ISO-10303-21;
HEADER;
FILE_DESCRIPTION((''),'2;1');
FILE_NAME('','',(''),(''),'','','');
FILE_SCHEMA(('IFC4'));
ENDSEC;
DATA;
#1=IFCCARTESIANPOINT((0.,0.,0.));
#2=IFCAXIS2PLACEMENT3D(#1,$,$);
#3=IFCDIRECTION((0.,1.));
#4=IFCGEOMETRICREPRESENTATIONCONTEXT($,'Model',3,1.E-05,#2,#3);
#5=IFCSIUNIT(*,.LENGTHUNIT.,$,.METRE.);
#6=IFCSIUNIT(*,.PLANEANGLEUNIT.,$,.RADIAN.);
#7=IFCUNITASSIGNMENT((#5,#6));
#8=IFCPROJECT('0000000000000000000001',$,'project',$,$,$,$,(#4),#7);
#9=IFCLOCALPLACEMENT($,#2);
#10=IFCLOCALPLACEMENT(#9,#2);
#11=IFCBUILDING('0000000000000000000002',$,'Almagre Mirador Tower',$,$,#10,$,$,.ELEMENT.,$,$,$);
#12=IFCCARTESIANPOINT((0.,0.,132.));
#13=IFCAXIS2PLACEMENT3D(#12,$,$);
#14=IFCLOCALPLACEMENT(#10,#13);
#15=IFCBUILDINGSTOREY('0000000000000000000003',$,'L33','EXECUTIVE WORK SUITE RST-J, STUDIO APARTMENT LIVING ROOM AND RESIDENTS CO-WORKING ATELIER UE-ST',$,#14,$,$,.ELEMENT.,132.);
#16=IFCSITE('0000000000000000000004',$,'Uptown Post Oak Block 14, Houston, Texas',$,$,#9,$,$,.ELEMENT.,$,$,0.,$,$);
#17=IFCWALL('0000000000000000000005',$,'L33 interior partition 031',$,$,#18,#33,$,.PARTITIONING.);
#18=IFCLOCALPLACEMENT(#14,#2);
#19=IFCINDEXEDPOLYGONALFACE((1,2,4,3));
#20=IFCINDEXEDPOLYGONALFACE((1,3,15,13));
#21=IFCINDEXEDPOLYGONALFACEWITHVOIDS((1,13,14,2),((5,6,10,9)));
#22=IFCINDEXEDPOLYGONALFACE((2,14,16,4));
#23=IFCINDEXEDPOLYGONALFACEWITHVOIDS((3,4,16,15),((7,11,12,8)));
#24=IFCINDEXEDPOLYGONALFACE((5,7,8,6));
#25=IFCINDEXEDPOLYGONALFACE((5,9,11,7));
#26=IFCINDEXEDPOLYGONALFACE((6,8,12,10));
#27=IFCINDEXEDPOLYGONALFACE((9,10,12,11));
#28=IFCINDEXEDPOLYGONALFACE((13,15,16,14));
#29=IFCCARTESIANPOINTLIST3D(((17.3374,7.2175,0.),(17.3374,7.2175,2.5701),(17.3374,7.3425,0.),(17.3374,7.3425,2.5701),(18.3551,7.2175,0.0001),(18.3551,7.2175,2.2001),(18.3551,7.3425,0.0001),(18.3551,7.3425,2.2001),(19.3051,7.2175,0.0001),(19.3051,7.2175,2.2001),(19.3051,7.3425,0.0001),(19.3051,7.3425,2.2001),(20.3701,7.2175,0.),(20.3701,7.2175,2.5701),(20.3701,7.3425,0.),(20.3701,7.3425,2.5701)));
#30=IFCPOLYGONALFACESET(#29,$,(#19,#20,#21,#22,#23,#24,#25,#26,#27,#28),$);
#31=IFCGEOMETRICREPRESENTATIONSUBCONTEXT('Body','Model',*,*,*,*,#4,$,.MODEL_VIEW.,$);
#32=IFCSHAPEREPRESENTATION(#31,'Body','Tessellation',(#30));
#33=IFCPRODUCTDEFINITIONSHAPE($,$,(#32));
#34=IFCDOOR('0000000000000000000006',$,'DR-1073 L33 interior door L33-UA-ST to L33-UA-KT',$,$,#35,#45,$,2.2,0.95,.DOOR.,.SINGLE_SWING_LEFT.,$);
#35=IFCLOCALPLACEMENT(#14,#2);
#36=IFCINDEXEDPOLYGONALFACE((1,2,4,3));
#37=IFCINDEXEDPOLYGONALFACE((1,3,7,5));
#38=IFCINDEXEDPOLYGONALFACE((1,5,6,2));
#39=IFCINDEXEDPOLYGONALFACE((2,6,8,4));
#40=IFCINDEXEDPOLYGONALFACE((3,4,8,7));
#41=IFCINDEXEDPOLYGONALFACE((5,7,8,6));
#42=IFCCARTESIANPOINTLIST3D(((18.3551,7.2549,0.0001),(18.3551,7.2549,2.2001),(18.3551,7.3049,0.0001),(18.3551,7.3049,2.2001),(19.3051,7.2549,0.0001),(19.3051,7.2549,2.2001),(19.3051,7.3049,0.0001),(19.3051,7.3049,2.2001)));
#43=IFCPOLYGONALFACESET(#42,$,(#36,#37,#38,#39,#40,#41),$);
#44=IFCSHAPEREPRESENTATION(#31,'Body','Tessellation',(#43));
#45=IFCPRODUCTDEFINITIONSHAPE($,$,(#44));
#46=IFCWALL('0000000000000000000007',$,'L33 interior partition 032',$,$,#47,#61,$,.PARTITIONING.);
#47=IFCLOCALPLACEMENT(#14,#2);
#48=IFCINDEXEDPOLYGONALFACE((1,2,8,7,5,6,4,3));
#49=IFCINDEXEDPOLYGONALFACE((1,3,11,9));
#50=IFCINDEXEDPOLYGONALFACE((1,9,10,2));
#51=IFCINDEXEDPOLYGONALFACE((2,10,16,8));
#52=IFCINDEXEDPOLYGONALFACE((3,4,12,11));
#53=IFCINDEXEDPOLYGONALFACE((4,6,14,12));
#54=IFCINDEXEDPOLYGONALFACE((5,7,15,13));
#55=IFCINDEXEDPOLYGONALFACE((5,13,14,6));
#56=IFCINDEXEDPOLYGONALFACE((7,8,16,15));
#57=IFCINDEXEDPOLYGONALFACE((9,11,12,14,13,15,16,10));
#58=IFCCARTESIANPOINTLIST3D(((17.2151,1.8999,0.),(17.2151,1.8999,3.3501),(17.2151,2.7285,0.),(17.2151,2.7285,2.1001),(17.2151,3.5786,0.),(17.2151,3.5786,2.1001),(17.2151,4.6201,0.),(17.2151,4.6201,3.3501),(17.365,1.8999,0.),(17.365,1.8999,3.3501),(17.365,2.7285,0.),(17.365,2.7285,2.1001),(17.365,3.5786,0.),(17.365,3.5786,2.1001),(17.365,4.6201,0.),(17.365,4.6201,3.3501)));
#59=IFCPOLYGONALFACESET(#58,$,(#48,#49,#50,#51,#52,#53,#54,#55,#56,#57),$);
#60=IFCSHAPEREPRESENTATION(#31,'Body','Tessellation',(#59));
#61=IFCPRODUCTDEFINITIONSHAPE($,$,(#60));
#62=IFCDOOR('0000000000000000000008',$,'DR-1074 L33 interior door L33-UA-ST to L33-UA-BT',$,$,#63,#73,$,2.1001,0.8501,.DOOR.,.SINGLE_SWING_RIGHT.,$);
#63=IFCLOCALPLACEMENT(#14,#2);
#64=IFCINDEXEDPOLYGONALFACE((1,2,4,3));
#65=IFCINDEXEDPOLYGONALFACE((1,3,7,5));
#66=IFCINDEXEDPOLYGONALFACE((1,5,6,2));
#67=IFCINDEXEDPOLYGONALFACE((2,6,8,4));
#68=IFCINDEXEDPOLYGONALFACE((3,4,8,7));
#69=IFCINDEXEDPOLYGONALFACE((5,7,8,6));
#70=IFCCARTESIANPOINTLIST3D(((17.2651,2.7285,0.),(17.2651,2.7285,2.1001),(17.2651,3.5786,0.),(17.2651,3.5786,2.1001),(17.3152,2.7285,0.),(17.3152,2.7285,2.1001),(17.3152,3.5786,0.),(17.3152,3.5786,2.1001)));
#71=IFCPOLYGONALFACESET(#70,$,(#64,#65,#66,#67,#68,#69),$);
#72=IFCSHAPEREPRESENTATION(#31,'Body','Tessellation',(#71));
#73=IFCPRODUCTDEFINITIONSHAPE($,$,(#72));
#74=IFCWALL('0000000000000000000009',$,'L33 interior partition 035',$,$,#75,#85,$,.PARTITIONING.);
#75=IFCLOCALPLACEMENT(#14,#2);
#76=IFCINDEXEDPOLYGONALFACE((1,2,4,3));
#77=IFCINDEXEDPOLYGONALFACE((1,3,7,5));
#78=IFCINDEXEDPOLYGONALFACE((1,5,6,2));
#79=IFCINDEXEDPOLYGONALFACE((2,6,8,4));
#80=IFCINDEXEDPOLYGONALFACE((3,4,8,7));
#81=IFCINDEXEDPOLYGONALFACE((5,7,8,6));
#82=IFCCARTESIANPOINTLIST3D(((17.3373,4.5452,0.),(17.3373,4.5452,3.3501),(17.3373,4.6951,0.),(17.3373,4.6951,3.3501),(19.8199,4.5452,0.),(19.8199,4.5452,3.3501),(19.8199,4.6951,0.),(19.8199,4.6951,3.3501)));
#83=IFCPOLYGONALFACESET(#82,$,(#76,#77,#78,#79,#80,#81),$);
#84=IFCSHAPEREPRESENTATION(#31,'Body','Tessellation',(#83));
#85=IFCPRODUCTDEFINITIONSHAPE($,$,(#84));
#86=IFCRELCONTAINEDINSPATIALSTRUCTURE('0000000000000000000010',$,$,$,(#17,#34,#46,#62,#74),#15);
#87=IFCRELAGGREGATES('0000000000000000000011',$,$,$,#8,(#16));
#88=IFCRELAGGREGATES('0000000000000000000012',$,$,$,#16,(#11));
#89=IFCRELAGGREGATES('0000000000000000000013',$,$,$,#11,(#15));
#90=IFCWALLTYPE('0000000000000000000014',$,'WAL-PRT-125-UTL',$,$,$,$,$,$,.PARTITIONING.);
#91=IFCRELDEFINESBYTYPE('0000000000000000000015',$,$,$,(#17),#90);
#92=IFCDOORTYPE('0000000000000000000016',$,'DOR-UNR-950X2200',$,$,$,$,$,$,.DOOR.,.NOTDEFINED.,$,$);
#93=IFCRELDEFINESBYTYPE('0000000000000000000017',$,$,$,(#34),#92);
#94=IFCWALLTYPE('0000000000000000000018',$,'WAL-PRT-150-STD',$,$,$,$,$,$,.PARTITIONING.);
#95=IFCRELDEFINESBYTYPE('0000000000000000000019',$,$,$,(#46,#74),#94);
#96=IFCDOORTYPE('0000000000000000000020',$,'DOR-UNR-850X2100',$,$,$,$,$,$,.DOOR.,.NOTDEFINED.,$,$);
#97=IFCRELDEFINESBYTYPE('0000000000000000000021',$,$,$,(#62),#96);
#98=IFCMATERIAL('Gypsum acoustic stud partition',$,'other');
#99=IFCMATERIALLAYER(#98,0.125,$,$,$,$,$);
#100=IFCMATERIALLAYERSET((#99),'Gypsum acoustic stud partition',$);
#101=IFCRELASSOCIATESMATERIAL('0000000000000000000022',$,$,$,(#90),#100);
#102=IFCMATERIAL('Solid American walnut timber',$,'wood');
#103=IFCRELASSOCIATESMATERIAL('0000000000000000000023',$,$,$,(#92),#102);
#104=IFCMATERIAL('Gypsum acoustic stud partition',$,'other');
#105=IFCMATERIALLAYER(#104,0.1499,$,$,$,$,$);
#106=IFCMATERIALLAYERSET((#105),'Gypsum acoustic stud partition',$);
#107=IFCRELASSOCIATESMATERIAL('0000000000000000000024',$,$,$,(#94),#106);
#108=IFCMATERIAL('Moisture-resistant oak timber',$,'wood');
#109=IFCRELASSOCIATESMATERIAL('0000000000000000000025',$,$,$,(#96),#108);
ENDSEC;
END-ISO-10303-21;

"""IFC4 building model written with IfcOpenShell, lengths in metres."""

from ifc_helpers import new_model, si_unit, direction, frame, frame_2d, origin, place, context, subcontext, project, spatial, rectangle, extrude, material, layer, layer_set, type_object, element, fill, save


model = new_model("IFC4")

# Units and contexts
model_context = context("Model", 3, precision=1e-05, world=origin(), true_north=direction((0.0, 1.0)))
body_context = subcontext(model_context, "Body", "Model", "MODEL_VIEW")
ifc_project = project(units=[si_unit("LENGTHUNIT", "METRE"), si_unit("PLANEANGLEUNIT", "RADIAN")], contexts=[model_context])

# Site, building, storey
site_placement = place(None, origin())
site = spatial("IfcSite", under=ifc_project, at=site_placement, Name="Uptown Post Oak Block 14, Houston, Texas", CompositionType="ELEMENT", RefElevation=0.0)
building_placement = place(site_placement, origin())
building = spatial("IfcBuilding", under=site, at=building_placement, Name="Almagre Mirador Tower", CompositionType="ELEMENT")
storey_placement = place(building_placement, frame((0.0, 0.0, 132.0)))
storey = spatial("IfcBuildingStorey", under=building, at=storey_placement, Name="L33", Description="EXECUTIVE WORK SUITE RST-J, STUDIO APARTMENT LIVING ROOM AND RESIDENTS CO-WORKING ATELIER UE-ST", CompositionType="ELEMENT", Elevation=132.0)

# Shared definitions
ifc_material_1 = material(Name="Gypsum acoustic stud partition", Category="other")
ifc_layer_1 = layer(ifc_material_1, 0.125)
ifc_layer_set_1 = layer_set([ifc_layer_1], Name="Gypsum acoustic stud partition")
wall_type_1 = type_object("IfcWallType", Name="WAL-PRT-125-UTL", PredefinedType="PARTITIONING", material=ifc_layer_set_1)

# Walls, openings, doors
wall_1_placement = place(storey_placement, frame((17.3374, 7.28, 0.0), z_axis=(0.0, 0.0, 1.0), x_axis=(1.0, 0.0, 0.0)))
wall_1 = element("IfcWall", 1, at=wall_1_placement, inside=storey, type_object=wall_type_1, Name="L33 interior partition 031", PredefinedType="PARTITIONING", context=body_context, shape_type="SweptSolid", body=[
    extrude(rectangle(XDim=3.0327, YDim=0.125, at=frame_2d((1.5164, 0.0))), origin(), (0.0, 0.0, 1.0), 2.5701),
])
opening_1_placement = place(wall_1_placement, frame((1.0176, 0.0, 0.0)))
opening_1 = element("IfcOpeningElement", 2, at=opening_1_placement, cuts=wall_1, PredefinedType="OPENING", context=body_context, shape_type="SweptSolid", body=[
    extrude(rectangle(XDim=0.95, YDim=2.2, at=frame_2d((0.4751, 1.1001))), frame((0.0, 0.0725, 0.0), z_axis=(0.0, -1.0, 0.0), x_axis=(1.0, 0.0, 0.0)), (0.0, 0.0, 1.0), 0.145),
])
ifc_material_2 = material(Name="Solid American walnut timber", Category="wood")
door_type_1 = type_object("IfcDoorType", Name="DOR-UNR-950X2200", OperationType="NOTDEFINED", PredefinedType="DOOR", material=ifc_material_2)
door_1_placement = place(opening_1_placement, origin())
door_1 = element("IfcDoor", 3, at=door_1_placement, inside=storey, type_object=door_type_1, Name="DR-1073 L33 interior door L33-UA-ST to L33-UA-KT", OperationType="SINGLE_SWING_LEFT", OverallHeight=2.2, OverallWidth=0.95, PredefinedType="DOOR", context=body_context, shape_type="SweptSolid", body=[
    extrude(rectangle(XDim=0.95, YDim=2.2, at=frame_2d((0.4751, 1.1001))), frame((0.0, 0.0249, 0.0), z_axis=(0.0, -1.0, 0.0), x_axis=(1.0, 0.0, 0.0)), (0.0, 0.0, 1.0), 0.05),
])
fill(opening_1, door_1)
ifc_material_3 = material(Name="Gypsum acoustic stud partition", Category="other")
ifc_layer_2 = layer(ifc_material_3, 0.1499)
ifc_layer_set_2 = layer_set([ifc_layer_2], Name="Gypsum acoustic stud partition")
wall_type_2 = type_object("IfcWallType", Name="WAL-PRT-150-STD", PredefinedType="PARTITIONING", material=ifc_layer_set_2)
wall_2_placement = place(storey_placement, frame((17.29, 1.8999, 0.0), z_axis=(0.0, 0.0, 1.0), x_axis=(0.0, 1.0, 0.0)))
wall_2 = element("IfcWall", 4, at=wall_2_placement, inside=storey, type_object=wall_type_2, Name="L33 interior partition 032", PredefinedType="PARTITIONING", context=body_context, shape_type="SweptSolid", body=[
    extrude(rectangle(XDim=2.7202, YDim=0.1499, at=frame_2d((1.3601, 0.0))), origin(), (0.0, 0.0, 1.0), 3.3501),
])
opening_2_placement = place(wall_2_placement, frame((0.8286, 0.0, 0.0)))
opening_2 = element("IfcOpeningElement", 5, at=opening_2_placement, cuts=wall_2, PredefinedType="OPENING", context=body_context, shape_type="SweptSolid", body=[
    extrude(rectangle(XDim=0.8501, YDim=2.1001, at=frame_2d((0.425, 1.05))), frame((0.0, 0.085, 0.0), z_axis=(0.0, -1.0, 0.0), x_axis=(1.0, 0.0, 0.0)), (0.0, 0.0, 1.0), 0.1699),
])
ifc_material_4 = material(Name="Moisture-resistant oak timber", Category="wood")
door_type_2 = type_object("IfcDoorType", Name="DOR-UNR-850X2100", OperationType="NOTDEFINED", PredefinedType="DOOR", material=ifc_material_4)
door_2_placement = place(opening_2_placement, origin())
door_2 = element("IfcDoor", 6, at=door_2_placement, inside=storey, type_object=door_type_2, Name="DR-1074 L33 interior door L33-UA-ST to L33-UA-BT", OperationType="SINGLE_SWING_RIGHT", OverallHeight=2.1001, OverallWidth=0.8501, PredefinedType="DOOR", context=body_context, shape_type="SweptSolid", body=[
    extrude(rectangle(XDim=0.8501, YDim=2.1001, at=frame_2d((0.425, 1.05))), frame((0.0, 0.0249, 0.0), z_axis=(0.0, -1.0, 0.0), x_axis=(1.0, 0.0, 0.0)), (0.0, 0.0, 1.0), 0.05),
])
fill(opening_2, door_2)

# Wall
wall_3_placement = place(storey_placement, frame((17.3374, 4.6201, 0.0), z_axis=(0.0, 0.0, 1.0), x_axis=(1.0, 0.0, 0.0)))
element("IfcWall", 7, at=wall_3_placement, inside=storey, type_object=wall_type_2, Name="L33 interior partition 035", PredefinedType="PARTITIONING", context=body_context, shape_type="SweptSolid", body=[
    extrude(rectangle(XDim=2.4827, YDim=0.1499, at=frame_2d((1.2412, 0.0))), origin(), (0.0, 0.0, 1.0), 3.3501),
])

save(model, "model.ifc")
